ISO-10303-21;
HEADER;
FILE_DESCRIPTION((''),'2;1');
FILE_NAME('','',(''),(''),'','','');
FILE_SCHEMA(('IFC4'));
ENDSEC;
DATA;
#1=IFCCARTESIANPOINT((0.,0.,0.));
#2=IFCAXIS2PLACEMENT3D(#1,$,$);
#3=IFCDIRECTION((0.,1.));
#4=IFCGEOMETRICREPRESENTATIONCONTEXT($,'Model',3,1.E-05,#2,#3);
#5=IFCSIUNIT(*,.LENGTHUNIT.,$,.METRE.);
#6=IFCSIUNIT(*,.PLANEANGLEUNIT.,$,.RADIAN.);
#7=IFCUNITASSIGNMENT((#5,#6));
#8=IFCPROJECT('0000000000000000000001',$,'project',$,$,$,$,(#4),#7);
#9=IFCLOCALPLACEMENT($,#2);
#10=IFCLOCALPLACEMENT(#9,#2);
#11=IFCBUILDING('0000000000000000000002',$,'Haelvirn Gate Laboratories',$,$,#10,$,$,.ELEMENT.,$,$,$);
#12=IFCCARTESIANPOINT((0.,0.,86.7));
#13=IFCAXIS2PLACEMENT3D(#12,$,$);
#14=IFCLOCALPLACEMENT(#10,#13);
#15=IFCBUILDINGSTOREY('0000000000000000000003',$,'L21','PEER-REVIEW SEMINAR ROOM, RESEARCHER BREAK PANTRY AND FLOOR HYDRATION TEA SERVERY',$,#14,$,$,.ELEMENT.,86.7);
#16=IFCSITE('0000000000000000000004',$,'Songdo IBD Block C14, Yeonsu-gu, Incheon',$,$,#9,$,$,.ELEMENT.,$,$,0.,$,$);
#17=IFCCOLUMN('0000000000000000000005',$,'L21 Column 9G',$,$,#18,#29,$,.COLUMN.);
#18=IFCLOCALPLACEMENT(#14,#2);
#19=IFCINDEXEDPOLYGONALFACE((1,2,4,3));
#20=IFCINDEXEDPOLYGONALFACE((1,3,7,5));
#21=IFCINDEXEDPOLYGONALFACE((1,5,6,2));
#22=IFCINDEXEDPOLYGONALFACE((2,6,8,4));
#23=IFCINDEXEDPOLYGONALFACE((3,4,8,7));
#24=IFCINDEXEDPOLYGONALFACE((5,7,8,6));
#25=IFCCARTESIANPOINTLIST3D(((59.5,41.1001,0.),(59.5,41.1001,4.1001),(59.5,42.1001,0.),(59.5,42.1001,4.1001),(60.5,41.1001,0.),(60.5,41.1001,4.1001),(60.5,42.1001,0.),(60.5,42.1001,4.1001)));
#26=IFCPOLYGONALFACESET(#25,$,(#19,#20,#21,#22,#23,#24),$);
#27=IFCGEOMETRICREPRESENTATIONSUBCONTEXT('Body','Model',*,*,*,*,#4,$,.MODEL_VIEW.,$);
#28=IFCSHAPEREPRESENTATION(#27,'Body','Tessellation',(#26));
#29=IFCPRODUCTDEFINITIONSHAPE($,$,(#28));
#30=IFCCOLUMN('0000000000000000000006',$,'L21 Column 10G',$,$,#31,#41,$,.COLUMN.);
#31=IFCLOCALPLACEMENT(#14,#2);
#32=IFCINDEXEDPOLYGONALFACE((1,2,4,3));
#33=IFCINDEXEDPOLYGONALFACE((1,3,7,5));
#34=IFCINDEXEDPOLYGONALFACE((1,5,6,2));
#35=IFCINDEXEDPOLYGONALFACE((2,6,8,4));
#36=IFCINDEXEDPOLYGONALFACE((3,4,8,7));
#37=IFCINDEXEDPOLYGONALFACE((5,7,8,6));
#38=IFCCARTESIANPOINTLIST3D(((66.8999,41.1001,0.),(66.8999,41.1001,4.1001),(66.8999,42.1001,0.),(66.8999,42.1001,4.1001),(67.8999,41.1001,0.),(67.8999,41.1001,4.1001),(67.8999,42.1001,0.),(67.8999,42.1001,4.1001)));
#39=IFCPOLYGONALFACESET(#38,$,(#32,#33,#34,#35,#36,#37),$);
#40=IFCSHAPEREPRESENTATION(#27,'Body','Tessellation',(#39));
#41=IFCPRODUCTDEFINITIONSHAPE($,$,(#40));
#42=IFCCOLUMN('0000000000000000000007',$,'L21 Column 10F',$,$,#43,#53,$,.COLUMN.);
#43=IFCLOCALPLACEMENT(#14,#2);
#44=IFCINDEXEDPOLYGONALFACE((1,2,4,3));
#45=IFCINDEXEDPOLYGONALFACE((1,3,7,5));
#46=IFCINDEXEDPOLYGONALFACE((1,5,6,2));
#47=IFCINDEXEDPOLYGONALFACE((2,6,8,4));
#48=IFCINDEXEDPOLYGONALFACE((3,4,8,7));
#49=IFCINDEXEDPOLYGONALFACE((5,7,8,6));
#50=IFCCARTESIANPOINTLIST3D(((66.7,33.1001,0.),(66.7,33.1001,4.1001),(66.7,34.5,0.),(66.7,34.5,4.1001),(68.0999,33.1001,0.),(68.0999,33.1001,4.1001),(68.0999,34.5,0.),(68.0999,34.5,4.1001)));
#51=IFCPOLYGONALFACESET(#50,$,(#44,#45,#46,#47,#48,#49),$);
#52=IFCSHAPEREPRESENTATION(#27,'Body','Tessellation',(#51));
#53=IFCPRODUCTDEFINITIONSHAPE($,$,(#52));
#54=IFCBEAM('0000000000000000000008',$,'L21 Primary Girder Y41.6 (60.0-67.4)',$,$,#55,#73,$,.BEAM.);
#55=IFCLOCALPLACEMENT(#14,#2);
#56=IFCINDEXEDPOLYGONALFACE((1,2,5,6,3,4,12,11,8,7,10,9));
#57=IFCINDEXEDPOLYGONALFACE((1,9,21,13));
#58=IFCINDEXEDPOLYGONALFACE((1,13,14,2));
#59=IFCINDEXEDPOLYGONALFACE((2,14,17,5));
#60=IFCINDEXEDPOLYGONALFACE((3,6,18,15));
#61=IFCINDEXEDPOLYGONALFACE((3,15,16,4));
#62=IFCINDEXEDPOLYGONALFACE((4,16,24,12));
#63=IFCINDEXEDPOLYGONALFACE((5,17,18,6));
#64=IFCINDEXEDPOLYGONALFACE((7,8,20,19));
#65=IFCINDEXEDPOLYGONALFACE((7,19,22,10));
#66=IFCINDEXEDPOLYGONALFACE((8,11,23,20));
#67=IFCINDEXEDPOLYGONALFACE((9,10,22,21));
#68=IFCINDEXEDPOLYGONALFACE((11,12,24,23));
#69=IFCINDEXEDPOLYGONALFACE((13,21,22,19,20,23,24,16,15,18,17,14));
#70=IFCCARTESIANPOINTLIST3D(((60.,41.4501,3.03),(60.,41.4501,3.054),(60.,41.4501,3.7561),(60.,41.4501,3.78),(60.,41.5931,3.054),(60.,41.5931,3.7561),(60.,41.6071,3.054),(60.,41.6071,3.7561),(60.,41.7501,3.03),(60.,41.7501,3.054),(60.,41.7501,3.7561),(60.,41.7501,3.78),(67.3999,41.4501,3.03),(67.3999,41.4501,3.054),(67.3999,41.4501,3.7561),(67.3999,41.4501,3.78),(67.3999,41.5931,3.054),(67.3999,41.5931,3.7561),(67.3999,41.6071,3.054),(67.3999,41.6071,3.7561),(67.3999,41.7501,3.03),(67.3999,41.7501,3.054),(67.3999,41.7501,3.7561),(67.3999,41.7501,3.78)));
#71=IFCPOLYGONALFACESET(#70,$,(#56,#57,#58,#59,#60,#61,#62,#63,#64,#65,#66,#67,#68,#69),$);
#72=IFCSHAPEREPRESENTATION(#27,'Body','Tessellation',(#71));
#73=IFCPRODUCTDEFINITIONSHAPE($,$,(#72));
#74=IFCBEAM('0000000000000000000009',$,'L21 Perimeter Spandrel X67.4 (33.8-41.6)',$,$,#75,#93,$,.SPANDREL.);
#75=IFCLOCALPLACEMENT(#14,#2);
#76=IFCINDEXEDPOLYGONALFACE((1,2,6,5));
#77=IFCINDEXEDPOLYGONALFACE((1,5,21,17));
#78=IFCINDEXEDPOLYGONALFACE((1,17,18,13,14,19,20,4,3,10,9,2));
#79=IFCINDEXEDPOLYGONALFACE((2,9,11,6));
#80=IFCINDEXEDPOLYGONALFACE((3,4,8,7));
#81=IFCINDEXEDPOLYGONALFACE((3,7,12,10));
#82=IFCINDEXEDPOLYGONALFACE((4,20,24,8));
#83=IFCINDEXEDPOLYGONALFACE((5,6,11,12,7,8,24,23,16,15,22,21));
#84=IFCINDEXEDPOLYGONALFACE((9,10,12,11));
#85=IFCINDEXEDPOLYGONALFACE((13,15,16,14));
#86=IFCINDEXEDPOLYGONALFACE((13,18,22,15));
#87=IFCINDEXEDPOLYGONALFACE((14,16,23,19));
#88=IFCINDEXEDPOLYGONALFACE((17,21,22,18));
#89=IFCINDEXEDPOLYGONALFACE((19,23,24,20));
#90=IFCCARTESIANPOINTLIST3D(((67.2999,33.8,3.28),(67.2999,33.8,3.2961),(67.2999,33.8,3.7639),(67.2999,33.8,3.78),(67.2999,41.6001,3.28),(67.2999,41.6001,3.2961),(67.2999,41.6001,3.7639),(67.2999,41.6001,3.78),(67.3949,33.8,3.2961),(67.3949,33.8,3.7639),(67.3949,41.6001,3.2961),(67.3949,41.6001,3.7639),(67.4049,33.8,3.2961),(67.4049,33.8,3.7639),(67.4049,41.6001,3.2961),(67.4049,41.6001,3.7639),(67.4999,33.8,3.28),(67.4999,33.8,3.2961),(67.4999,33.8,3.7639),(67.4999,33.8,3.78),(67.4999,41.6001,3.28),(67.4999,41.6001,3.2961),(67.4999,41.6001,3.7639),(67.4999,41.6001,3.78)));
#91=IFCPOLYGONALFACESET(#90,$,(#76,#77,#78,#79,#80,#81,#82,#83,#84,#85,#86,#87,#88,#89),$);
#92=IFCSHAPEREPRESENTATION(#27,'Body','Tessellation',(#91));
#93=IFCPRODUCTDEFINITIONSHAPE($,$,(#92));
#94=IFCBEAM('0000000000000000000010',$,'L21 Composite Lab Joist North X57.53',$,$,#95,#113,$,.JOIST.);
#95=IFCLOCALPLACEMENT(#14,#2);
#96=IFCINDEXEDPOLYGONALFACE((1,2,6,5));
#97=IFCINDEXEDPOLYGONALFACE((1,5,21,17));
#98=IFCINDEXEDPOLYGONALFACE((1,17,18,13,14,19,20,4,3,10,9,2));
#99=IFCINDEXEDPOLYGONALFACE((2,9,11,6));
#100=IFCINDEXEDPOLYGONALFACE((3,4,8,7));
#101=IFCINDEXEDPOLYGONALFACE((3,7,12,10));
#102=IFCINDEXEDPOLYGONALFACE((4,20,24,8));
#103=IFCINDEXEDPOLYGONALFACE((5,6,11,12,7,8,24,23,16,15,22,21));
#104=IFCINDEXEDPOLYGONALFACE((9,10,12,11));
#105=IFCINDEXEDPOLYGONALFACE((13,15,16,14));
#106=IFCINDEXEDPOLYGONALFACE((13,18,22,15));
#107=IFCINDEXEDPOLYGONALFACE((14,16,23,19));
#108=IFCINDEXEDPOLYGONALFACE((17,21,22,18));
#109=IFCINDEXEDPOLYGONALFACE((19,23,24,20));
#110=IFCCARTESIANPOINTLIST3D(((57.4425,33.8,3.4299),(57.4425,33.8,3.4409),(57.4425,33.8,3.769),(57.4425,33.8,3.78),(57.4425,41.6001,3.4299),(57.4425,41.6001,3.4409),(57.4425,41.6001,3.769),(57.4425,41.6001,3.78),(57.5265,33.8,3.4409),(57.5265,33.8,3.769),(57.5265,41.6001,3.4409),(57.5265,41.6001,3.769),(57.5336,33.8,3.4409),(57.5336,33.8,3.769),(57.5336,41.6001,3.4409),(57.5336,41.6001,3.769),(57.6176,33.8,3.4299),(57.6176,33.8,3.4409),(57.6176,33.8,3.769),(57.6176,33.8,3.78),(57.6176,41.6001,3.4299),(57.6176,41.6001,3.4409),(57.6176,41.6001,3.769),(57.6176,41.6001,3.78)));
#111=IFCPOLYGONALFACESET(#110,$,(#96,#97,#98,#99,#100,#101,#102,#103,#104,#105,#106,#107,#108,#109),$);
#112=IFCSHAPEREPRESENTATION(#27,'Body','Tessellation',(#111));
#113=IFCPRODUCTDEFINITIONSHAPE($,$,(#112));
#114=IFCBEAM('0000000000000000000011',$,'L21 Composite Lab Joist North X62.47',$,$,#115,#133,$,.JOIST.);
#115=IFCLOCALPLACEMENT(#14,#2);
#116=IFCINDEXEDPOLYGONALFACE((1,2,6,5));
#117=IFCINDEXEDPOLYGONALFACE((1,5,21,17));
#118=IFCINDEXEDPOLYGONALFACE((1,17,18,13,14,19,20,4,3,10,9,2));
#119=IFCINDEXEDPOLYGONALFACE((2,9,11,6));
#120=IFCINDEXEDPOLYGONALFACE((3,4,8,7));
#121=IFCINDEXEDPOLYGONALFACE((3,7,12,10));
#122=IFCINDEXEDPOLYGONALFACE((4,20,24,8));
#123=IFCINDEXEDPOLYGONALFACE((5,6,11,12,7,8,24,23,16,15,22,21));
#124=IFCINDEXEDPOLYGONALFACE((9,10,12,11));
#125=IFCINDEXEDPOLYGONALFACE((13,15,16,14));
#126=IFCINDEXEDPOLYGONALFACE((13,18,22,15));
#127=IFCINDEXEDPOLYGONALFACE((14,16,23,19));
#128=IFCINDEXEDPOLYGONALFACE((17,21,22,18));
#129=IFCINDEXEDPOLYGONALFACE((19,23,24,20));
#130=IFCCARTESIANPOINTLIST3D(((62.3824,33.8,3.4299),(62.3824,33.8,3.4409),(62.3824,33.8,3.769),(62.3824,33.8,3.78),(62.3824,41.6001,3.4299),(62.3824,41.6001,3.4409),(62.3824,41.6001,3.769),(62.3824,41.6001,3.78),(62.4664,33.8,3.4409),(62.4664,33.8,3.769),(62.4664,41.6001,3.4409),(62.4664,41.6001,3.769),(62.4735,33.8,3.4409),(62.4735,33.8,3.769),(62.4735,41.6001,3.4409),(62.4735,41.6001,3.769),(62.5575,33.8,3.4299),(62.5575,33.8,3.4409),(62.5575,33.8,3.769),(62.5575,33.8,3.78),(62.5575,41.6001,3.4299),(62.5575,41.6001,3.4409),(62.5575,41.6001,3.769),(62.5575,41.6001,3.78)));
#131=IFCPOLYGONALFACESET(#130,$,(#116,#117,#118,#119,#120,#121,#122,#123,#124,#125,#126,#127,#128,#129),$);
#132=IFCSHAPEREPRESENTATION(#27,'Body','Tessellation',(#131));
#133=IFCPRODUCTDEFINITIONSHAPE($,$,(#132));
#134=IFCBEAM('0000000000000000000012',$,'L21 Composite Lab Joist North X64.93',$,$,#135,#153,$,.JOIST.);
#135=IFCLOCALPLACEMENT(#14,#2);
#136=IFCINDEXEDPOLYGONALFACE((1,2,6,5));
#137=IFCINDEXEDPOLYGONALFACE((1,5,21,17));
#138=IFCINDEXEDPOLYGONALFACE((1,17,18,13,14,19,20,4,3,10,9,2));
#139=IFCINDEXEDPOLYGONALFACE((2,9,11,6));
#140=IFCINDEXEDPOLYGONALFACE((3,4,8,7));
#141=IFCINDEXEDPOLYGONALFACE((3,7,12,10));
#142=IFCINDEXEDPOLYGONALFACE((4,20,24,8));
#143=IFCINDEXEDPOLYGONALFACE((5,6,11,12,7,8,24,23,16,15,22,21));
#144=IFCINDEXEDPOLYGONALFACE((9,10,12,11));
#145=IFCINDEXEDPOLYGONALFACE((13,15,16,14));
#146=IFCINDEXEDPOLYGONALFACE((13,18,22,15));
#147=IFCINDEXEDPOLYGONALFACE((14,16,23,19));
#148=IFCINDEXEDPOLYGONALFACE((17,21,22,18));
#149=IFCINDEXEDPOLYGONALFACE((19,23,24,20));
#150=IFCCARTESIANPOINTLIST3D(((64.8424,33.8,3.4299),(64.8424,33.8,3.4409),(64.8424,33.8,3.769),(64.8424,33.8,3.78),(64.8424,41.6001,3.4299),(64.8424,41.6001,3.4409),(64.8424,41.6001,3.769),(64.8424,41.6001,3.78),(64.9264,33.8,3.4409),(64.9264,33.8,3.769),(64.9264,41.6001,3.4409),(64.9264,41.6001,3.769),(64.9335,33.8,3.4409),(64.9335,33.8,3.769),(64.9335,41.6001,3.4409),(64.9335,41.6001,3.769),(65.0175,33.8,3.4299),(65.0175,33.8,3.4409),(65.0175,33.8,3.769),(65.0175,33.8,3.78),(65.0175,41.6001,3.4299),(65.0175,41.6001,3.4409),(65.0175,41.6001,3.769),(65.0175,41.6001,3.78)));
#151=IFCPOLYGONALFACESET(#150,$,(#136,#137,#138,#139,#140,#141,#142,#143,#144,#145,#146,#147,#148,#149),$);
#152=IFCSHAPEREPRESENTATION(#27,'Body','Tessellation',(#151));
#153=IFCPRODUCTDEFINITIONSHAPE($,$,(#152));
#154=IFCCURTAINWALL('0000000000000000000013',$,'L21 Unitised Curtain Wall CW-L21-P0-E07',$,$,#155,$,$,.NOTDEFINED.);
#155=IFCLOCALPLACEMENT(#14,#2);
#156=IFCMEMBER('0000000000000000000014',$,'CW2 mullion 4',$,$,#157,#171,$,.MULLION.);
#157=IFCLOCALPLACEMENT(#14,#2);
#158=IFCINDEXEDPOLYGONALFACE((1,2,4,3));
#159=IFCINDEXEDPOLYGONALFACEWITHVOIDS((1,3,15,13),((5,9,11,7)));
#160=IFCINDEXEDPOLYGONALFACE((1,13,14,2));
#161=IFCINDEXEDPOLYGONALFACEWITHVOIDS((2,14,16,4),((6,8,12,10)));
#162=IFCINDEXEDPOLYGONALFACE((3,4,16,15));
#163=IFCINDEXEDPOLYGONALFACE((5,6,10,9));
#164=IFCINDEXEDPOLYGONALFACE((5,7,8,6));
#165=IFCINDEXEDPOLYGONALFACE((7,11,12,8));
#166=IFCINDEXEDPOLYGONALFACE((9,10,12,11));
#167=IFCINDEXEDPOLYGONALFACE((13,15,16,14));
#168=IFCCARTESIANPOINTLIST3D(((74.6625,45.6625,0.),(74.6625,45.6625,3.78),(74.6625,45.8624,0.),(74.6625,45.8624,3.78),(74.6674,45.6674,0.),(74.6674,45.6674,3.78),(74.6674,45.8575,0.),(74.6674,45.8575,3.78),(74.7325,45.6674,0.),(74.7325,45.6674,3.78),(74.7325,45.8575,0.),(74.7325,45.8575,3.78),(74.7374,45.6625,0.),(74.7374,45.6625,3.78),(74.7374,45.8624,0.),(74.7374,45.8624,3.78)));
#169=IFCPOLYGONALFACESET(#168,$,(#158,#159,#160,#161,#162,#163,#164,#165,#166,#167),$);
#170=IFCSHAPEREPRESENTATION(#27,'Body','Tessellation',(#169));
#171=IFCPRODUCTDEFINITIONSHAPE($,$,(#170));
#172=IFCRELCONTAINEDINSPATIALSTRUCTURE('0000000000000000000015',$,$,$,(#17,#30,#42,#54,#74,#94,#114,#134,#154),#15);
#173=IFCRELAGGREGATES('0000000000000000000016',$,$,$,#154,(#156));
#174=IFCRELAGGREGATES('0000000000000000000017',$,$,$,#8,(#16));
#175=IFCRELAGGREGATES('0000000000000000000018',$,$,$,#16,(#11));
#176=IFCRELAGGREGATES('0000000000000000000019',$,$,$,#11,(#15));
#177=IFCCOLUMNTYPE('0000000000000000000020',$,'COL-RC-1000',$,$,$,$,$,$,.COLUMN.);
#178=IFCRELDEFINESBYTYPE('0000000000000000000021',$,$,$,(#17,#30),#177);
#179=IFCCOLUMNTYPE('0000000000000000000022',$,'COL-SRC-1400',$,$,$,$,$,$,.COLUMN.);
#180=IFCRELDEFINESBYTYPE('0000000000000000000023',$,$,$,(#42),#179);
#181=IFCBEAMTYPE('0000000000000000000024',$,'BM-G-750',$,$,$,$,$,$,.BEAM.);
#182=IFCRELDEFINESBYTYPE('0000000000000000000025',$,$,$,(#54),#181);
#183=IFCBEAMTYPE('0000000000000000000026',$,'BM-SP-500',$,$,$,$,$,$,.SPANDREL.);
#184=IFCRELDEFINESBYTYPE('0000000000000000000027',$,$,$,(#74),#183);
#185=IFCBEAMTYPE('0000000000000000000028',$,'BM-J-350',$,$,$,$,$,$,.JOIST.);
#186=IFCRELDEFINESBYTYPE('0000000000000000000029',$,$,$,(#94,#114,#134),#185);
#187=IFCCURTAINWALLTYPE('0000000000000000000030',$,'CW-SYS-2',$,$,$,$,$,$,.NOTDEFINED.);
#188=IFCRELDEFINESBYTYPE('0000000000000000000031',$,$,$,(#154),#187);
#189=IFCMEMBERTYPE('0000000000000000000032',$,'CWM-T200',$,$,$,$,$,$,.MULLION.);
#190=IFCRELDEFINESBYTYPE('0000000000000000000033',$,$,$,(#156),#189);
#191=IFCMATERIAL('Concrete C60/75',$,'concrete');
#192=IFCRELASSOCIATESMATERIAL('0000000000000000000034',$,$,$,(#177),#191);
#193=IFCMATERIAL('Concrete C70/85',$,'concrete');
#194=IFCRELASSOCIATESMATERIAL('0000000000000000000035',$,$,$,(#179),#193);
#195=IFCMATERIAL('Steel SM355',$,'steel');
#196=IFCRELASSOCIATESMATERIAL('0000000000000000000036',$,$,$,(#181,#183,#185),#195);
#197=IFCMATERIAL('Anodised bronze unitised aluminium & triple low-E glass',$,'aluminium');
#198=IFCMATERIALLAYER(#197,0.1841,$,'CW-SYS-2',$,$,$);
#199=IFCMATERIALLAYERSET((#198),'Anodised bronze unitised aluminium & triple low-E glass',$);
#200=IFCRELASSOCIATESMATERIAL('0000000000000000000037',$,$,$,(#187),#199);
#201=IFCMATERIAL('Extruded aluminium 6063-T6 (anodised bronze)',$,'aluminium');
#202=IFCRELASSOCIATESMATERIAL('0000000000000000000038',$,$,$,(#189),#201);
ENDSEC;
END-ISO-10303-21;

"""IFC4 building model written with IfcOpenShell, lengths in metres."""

from ifc_helpers import new_model, si_unit, direction, frame, origin, origin_2d, place, context, subcontext, project, spatial, rectangle, hollow_rectangle, i_section, extrude, source, transform, mapped, material, layer, layer_set, material_profile, profile_set, type_object, type_shapes, element, aggregate, save


model = new_model("IFC4")

# Units and contexts
model_context = context("Model", 3, precision=1e-05, world=origin(), true_north=direction((0.0, 1.0)))
body_context = subcontext(model_context, "Body", "Model", "MODEL_VIEW")
ifc_project = project(units=[si_unit("LENGTHUNIT", "METRE"), si_unit("PLANEANGLEUNIT", "RADIAN")], contexts=[model_context])

# Site, building, storey
site_placement = place(None, origin())
site = spatial("IfcSite", under=ifc_project, at=site_placement, Name="Songdo IBD Block C14, Yeonsu-gu, Incheon", CompositionType="ELEMENT", RefElevation=0.0)
building_placement = place(site_placement, origin())
building = spatial("IfcBuilding", under=site, at=building_placement, Name="Haelvirn Gate Laboratories", CompositionType="ELEMENT")
storey_placement = place(building_placement, frame((0.0, 0.0, 86.7)))
storey = spatial("IfcBuildingStorey", under=building, at=storey_placement, Name="L21", Description="PEER-REVIEW SEMINAR ROOM, RESEARCHER BREAK PANTRY AND FLOOR HYDRATION TEA SERVERY", CompositionType="ELEMENT", Elevation=86.7)

# Columns
ifc_material_1 = material(Name="Concrete C60/75", Category="concrete")
ifc_material_profile_1 = material_profile(ifc_material_1, rectangle(XDim=1.0, YDim=1.0, at=origin_2d()), Name="RC-1000x1000")
ifc_profile_set_1 = profile_set([ifc_material_profile_1], Name="Concrete C60/75")
column_type_1 = type_object("IfcColumnType", Name="COL-RC-1000", PredefinedType="COLUMN", material=ifc_profile_set_1)
shared_shape_1 = source(origin(), body_context, "Body", "SweptSolid", [
    extrude(rectangle(XDim=1.0, YDim=1.0, at=origin_2d()), origin(), (0.0, 0.0, 1.0), 4.1001),
])
type_shapes(column_type_1, [shared_shape_1])
for number, where, z_axis, x_axis, name in (
    (1, (60.0, 41.6001, 0.0), (0.0, 0.0, 1.0), (1.0, 0.0, 0.0), "L21 Column 9G"),
    (2, (67.3999, 41.6001, 0.0), (0.0, 0.0, 1.0), (1.0, 0.0, 0.0), "L21 Column 10G"),
):
    element("IfcColumn", number, at=place(storey_placement, frame(where, z_axis=z_axis, x_axis=x_axis)), inside=storey, type_object=column_type_1, Name=name, PredefinedType="COLUMN", context=body_context, shape_type="MappedRepresentation", body=[
        mapped(shared_shape_1, transform((0.0, 0.0, 0.0), scale=1.0)),
    ])
ifc_material_2 = material(Name="Concrete C70/85", Category="concrete")
ifc_material_profile_2 = material_profile(ifc_material_2, rectangle(XDim=1.3999, YDim=1.3999, at=origin_2d()), Name="SRC-1400x1400")
ifc_profile_set_2 = profile_set([ifc_material_profile_2], Name="Concrete C70/85")
column_type_2 = type_object("IfcColumnType", Name="COL-SRC-1400", PredefinedType="COLUMN", material=ifc_profile_set_2)
shared_shape_2 = source(origin(), body_context, "Body", "SweptSolid", [
    extrude(rectangle(XDim=1.3999, YDim=1.3999, at=origin_2d()), origin(), (0.0, 0.0, 1.0), 4.1001),
])
type_shapes(column_type_2, [shared_shape_2])
column_placement = place(storey_placement, frame((67.3999, 33.8, 0.0), z_axis=(0.0, 0.0, 1.0), x_axis=(1.0, 0.0, 0.0)))
element("IfcColumn", 3, at=column_placement, inside=storey, type_object=column_type_2, Name="L21 Column 10F", PredefinedType="COLUMN", context=body_context, shape_type="MappedRepresentation", body=[
    mapped(shared_shape_2, transform((0.0, 0.0, 0.0), scale=1.0)),
])

# Beams
ifc_material_3 = material(Name="Steel SM355", Category="steel")
ifc_material_profile_3 = material_profile(ifc_material_3, i_section(OverallWidth=0.3, OverallDepth=0.75, WebThickness=0.0139, FlangeThickness=0.0239, at=origin_2d()), Name="H-750x300x14x24")
ifc_profile_set_3 = profile_set([ifc_material_profile_3], Name="Steel SM355")
beam_type_1 = type_object("IfcBeamType", Name="BM-G-750", PredefinedType="BEAM", material=ifc_profile_set_3)
shared_shape_3 = source(origin(), body_context, "Body", "SweptSolid", [
    extrude(i_section(OverallWidth=0.3, OverallDepth=0.75, WebThickness=0.0139, FlangeThickness=0.0239, at=origin_2d()), origin(), (0.0, 0.0, 1.0), 7.3999),
])
type_shapes(beam_type_1, [shared_shape_3])
beam_1_placement = place(storey_placement, frame((60.0, 41.6001, 3.405), z_axis=(1.0, 0.0, 0.0), x_axis=(0.0, 1.0, 0.0)))
element("IfcBeam", 4, at=beam_1_placement, inside=storey, type_object=beam_type_1, Name="L21 Primary Girder Y41.6 (60.0-67.4)", PredefinedType="BEAM", context=body_context, shape_type="MappedRepresentation", body=[
    mapped(shared_shape_3, transform((0.0, 0.0, 0.0), scale=1.0)),
])
ifc_material_profile_4 = material_profile(ifc_material_3, i_section(OverallWidth=0.2, OverallDepth=0.5, WebThickness=0.01, FlangeThickness=0.0161, at=origin_2d()), Name="H-500x200x10x16")
ifc_profile_set_4 = profile_set([ifc_material_profile_4], Name="Steel SM355")
beam_type_2 = type_object("IfcBeamType", Name="BM-SP-500", PredefinedType="SPANDREL", material=ifc_profile_set_4)
shared_shape_4 = source(origin(), body_context, "Body", "SweptSolid", [
    extrude(i_section(OverallWidth=0.2, OverallDepth=0.5, WebThickness=0.01, FlangeThickness=0.0161, at=origin_2d()), origin(), (0.0, 0.0, 1.0), 7.8),
])
type_shapes(beam_type_2, [shared_shape_4])
beam_2_placement = place(storey_placement, frame((67.3999, 33.8, 3.53), z_axis=(0.0, 1.0, 0.0), x_axis=(-1.0, 0.0, 0.0)))
element("IfcBeam", 5, at=beam_2_placement, inside=storey, type_object=beam_type_2, Name="L21 Perimeter Spandrel X67.4 (33.8-41.6)", PredefinedType="SPANDREL", context=body_context, shape_type="MappedRepresentation", body=[
    mapped(shared_shape_4, transform((0.0, 0.0, 0.0), scale=1.0)),
])
ifc_material_profile_5 = material_profile(ifc_material_3, i_section(OverallWidth=0.175, OverallDepth=0.3501, WebThickness=0.0071, FlangeThickness=0.011, at=origin_2d()), Name="H-350x175x7x11")
ifc_profile_set_5 = profile_set([ifc_material_profile_5], Name="Steel SM355")
beam_type_3 = type_object("IfcBeamType", Name="BM-J-350", PredefinedType="JOIST", material=ifc_profile_set_5)
shared_shape_5 = source(origin(), body_context, "Body", "SweptSolid", [
    extrude(i_section(OverallWidth=0.175, OverallDepth=0.3501, WebThickness=0.0071, FlangeThickness=0.011, at=origin_2d()), origin(), (0.0, 0.0, 1.0), 7.8),
])
type_shapes(beam_type_3, [shared_shape_5])
for number, where, z_axis, x_axis, name in (
    (6, (57.53, 33.8, 3.605), (0.0, 1.0, 0.0), (-1.0, 0.0, 0.0), "L21 Composite Lab Joist North X57.53"),
    (7, (62.47, 33.8, 3.605), (0.0, 1.0, 0.0), (-1.0, 0.0, 0.0), "L21 Composite Lab Joist North X62.47"),
    (8, (64.9299, 33.8, 3.605), (0.0, 1.0, 0.0), (-1.0, 0.0, 0.0), "L21 Composite Lab Joist North X64.93"),
):
    element("IfcBeam", number, at=place(storey_placement, frame(where, z_axis=z_axis, x_axis=x_axis)), inside=storey, type_object=beam_type_3, Name=name, PredefinedType="JOIST", context=body_context, shape_type="MappedRepresentation", body=[
        mapped(shared_shape_5, transform((0.0, 0.0, 0.0), scale=1.0)),
    ])

# Curtain wall, member
ifc_material_4 = material(Name="Anodised bronze unitised aluminium & triple low-E glass", Category="aluminium")
ifc_layer_1 = layer(ifc_material_4, 0.1841, Name="CW-SYS-2")
ifc_layer_set_1 = layer_set([ifc_layer_1], Name="Anodised bronze unitised aluminium & triple low-E glass")
curtain_wall_type_1 = type_object("IfcCurtainWallType", Name="CW-SYS-2", PredefinedType="NOTDEFINED", material=ifc_layer_set_1)
curtain_wall_1_placement = place(storey_placement, origin())
curtain_wall_1 = element("IfcCurtainWall", 9, at=curtain_wall_1_placement, inside=storey, type_object=curtain_wall_type_1, Name="L21 Unitised Curtain Wall CW-L21-P0-E07", PredefinedType="NOTDEFINED")
ifc_material_5 = material(Name="Extruded aluminium 6063-T6 (anodised bronze)", Category="aluminium")
ifc_material_profile_6 = material_profile(ifc_material_5, hollow_rectangle(XDim=0.075, YDim=0.2, WallThickness=0.0049, at=origin_2d()), Name="CWM-200x75x5")
ifc_profile_set_6 = profile_set([ifc_material_profile_6], Name="Extruded aluminium 6063-T6 (anodised bronze)")
member_type_1 = type_object("IfcMemberType", Name="CWM-T200", PredefinedType="MULLION", material=ifc_profile_set_6)
shared_shape_6 = source(origin(), body_context, "Body", "SweptSolid", [
    extrude(hollow_rectangle(XDim=0.075, YDim=0.2, WallThickness=0.0049, at=origin_2d()), origin(), (0.0, 0.0, 1.0), 3.78),
])
type_shapes(member_type_1, [shared_shape_6])
member_1_placement = place(storey_placement, frame((74.7, 45.7625, 0.0), z_axis=(0.0, 0.0, 1.0), x_axis=(-1.0, 0.0, 0.0)))
member_1 = element("IfcMember", 10, at=member_1_placement, type_object=member_type_1, Name="CW2 mullion 4", PredefinedType="MULLION", context=body_context, shape_type="MappedRepresentation", body=[
    mapped(shared_shape_6, transform((0.0, 0.0, 0.0), scale=1.0)),
])

aggregate(curtain_wall_1, [member_1])

save(model, "model.ifc")
